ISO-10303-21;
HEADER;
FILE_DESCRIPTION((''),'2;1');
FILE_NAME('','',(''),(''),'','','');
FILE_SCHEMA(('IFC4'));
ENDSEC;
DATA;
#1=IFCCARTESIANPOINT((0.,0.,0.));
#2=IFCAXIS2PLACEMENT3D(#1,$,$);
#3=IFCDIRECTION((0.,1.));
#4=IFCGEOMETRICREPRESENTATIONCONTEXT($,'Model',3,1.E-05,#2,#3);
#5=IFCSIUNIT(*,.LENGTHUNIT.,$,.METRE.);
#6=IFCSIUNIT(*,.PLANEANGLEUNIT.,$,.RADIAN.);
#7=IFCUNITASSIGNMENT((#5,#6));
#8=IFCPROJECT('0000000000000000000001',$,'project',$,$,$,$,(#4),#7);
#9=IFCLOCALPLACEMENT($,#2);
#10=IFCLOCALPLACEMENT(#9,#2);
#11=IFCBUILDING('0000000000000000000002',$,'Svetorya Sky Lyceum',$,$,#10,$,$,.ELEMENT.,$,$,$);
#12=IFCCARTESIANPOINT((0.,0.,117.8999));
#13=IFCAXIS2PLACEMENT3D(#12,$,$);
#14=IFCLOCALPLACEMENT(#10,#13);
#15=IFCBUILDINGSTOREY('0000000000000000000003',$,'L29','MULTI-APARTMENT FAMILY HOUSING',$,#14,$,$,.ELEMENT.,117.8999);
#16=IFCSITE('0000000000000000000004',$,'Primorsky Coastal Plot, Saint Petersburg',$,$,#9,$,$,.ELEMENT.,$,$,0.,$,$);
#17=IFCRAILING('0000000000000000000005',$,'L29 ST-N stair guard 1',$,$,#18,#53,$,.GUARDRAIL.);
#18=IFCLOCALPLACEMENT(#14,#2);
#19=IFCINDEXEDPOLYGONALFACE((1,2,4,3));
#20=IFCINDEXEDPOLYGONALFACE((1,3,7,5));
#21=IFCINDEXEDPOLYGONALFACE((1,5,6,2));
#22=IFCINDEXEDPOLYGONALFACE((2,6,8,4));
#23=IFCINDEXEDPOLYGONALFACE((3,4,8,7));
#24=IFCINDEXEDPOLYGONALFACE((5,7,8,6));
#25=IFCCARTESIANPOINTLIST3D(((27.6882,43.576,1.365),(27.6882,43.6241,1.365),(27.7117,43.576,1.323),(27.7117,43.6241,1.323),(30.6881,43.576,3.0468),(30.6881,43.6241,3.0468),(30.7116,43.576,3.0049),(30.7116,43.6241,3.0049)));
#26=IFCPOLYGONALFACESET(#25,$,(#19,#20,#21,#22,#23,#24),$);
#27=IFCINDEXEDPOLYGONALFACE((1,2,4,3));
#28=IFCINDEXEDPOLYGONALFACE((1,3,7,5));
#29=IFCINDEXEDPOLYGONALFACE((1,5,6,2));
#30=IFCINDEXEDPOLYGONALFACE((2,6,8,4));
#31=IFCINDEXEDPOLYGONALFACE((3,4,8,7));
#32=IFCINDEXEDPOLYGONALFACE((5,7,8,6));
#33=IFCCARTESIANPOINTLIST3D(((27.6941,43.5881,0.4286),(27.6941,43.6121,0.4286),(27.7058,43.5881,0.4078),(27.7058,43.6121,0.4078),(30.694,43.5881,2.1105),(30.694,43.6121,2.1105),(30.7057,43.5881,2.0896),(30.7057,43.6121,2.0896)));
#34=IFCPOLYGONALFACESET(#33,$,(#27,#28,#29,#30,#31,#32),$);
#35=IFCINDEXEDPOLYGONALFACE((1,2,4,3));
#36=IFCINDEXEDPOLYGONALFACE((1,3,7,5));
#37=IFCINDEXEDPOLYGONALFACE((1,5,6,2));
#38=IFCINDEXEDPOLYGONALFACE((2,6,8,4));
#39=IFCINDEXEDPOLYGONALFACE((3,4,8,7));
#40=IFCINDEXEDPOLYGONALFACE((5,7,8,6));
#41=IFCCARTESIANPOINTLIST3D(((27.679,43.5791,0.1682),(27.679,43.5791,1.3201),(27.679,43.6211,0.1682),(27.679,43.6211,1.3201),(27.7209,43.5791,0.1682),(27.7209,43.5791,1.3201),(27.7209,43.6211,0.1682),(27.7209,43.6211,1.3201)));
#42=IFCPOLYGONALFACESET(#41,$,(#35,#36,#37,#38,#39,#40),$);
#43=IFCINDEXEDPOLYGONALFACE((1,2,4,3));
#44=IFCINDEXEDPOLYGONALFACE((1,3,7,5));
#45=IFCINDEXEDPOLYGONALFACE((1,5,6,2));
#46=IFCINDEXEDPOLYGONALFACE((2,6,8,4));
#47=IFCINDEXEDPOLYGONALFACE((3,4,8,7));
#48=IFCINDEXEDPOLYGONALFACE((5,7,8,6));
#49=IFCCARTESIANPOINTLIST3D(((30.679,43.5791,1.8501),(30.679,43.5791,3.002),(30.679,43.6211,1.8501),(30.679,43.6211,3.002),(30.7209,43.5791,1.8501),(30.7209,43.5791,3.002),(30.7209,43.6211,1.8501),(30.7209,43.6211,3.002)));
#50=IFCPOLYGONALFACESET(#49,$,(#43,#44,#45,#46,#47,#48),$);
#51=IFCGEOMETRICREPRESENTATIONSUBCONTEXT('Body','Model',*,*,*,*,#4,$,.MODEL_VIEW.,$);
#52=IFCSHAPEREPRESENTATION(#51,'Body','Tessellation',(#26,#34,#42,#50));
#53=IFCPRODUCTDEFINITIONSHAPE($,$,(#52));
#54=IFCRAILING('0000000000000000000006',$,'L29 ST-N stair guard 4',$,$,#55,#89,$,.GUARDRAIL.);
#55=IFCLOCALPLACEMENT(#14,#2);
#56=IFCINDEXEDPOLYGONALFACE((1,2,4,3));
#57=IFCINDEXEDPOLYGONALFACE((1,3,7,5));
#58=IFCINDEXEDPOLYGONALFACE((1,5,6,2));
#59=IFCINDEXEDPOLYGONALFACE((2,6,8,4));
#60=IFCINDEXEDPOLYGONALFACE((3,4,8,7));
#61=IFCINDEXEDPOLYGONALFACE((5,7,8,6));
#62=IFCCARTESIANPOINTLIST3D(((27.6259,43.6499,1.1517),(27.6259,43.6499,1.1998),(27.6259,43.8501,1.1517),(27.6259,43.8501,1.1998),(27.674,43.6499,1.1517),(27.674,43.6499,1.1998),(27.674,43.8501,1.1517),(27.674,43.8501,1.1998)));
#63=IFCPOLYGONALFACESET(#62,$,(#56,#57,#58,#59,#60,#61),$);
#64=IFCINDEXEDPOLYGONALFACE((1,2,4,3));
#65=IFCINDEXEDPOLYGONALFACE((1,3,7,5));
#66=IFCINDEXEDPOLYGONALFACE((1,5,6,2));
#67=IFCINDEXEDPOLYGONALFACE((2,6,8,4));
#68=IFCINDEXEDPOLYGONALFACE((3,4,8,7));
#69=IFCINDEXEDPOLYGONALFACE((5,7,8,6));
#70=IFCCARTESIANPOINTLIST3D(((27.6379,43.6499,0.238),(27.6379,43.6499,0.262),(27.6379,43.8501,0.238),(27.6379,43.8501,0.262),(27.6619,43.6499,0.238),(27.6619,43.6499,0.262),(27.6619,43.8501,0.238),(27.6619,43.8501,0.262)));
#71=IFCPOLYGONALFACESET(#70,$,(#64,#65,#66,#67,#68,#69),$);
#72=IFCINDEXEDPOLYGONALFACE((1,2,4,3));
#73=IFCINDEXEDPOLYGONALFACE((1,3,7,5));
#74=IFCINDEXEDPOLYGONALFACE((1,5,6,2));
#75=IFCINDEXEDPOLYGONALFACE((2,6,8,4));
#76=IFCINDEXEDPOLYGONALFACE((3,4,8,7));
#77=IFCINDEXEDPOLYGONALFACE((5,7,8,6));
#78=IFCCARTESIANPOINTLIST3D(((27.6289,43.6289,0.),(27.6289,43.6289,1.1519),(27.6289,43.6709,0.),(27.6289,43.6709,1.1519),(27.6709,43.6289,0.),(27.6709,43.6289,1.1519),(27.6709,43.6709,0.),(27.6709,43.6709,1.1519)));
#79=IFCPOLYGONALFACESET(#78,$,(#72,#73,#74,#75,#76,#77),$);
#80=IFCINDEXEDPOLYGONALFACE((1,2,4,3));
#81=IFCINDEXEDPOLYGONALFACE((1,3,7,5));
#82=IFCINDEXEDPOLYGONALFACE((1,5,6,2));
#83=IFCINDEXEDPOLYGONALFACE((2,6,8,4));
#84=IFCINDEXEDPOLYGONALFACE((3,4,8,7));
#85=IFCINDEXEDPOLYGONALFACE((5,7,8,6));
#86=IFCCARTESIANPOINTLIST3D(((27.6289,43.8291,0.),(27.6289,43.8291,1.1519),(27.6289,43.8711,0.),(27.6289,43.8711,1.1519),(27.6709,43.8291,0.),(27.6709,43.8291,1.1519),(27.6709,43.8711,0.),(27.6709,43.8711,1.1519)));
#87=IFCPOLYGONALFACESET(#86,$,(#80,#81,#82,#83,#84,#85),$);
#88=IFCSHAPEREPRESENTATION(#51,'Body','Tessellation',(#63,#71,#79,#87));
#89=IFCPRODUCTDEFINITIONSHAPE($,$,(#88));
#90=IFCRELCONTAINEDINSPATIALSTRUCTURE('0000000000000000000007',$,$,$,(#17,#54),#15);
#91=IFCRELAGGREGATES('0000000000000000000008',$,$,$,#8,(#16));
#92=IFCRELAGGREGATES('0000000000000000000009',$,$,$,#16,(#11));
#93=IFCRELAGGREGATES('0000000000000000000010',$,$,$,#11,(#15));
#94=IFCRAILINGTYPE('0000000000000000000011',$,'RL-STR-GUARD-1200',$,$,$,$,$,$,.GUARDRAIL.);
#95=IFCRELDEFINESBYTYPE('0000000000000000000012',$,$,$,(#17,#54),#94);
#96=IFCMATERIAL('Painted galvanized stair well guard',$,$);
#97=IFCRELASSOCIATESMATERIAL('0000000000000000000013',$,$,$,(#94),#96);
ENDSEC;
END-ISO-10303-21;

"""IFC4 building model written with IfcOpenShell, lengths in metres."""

from ifc_helpers import new_model, si_unit, direction, frame, origin, origin_2d, place, context, subcontext, project, spatial, rectangle, extrude, material, type_object, element, save


model = new_model("IFC4")

# Units and contexts
model_context = context("Model", 3, precision=1e-05, world=origin(), true_north=direction((0.0, 1.0)))
body_context = subcontext(model_context, "Body", "Model", "MODEL_VIEW")
ifc_project = project(units=[si_unit("LENGTHUNIT", "METRE"), si_unit("PLANEANGLEUNIT", "RADIAN")], contexts=[model_context])

# Site, building, storey
site_placement = place(None, origin())
site = spatial("IfcSite", under=ifc_project, at=site_placement, Name="Primorsky Coastal Plot, Saint Petersburg", CompositionType="ELEMENT", RefElevation=0.0)
building_placement = place(site_placement, origin())
building = spatial("IfcBuilding", under=site, at=building_placement, Name="Svetorya Sky Lyceum", CompositionType="ELEMENT")
storey_placement = place(building_placement, frame((0.0, 0.0, 117.8999)))
storey = spatial("IfcBuildingStorey", under=building, at=storey_placement, Name="L29", Description="MULTI-APARTMENT FAMILY HOUSING", CompositionType="ELEMENT", Elevation=117.8999)

# Railings
ifc_material_1 = material(Name="Painted galvanized stair well guard")
railing_type = type_object("IfcRailingType", Name="RL-STR-GUARD-1200", PredefinedType="GUARDRAIL", material=ifc_material_1)
railing_1_placement = place(storey_placement, frame((27.7, 43.6001, 0.1682)))
element("IfcRailing", 1, at=railing_1_placement, inside=storey, type_object=railing_type, Name="L29 ST-N stair guard 1", PredefinedType="GUARDRAIL", context=body_context, shape_type="SweptSolid", body=[
    extrude(rectangle(XDim=0.0481, YDim=0.0481, at=origin_2d()), frame((0.0, 0.0, 1.1758), z_axis=(0.872272, 0.0, 0.48902), x_axis=(0.0, 1.0, 0.0)), (0.0, 0.0, 1.0), 3.4392),
    extrude(rectangle(XDim=0.0239, YDim=0.0239, at=origin_2d()), frame((0.0, 0.0, 0.25), z_axis=(0.872272, 0.0, 0.48902), x_axis=(0.0, 1.0, 0.0)), (0.0, 0.0, 1.0), 3.4392),
    extrude(rectangle(XDim=0.042, YDim=0.042, at=origin_2d()), origin(), (0.0, 0.0, 1.0), 1.1519),
    extrude(rectangle(XDim=0.042, YDim=0.042, at=origin_2d()), frame((3.0, 0.0, 1.6819)), (0.0, 0.0, 1.0), 1.1519),
])
railing_2_placement = place(storey_placement, frame((27.6499, 43.6499, 0.0)))
element("IfcRailing", 2, at=railing_2_placement, inside=storey, type_object=railing_type, Name="L29 ST-N stair guard 4", PredefinedType="GUARDRAIL", context=body_context, shape_type="SweptSolid", body=[
    extrude(rectangle(XDim=0.0481, YDim=0.0481, at=origin_2d()), frame((0.0, 0.0, 1.1758), z_axis=(0.0, 1.0, 0.0), x_axis=(-1.0, 0.0, 0.0)), (0.0, 0.0, 1.0), 0.2002),
    extrude(rectangle(XDim=0.0239, YDim=0.0239, at=origin_2d()), frame((0.0, 0.0, 0.25), z_axis=(0.0, 1.0, 0.0), x_axis=(-1.0, 0.0, 0.0)), (0.0, 0.0, 1.0), 0.2002),
    extrude(rectangle(XDim=0.042, YDim=0.042, at=origin_2d()), origin(), (0.0, 0.0, 1.0), 1.1519),
    extrude(rectangle(XDim=0.042, YDim=0.042, at=origin_2d()), frame((0.0, 0.2002, 0.0)), (0.0, 0.0, 1.0), 1.1519),
])

save(model, "model.ifc")
